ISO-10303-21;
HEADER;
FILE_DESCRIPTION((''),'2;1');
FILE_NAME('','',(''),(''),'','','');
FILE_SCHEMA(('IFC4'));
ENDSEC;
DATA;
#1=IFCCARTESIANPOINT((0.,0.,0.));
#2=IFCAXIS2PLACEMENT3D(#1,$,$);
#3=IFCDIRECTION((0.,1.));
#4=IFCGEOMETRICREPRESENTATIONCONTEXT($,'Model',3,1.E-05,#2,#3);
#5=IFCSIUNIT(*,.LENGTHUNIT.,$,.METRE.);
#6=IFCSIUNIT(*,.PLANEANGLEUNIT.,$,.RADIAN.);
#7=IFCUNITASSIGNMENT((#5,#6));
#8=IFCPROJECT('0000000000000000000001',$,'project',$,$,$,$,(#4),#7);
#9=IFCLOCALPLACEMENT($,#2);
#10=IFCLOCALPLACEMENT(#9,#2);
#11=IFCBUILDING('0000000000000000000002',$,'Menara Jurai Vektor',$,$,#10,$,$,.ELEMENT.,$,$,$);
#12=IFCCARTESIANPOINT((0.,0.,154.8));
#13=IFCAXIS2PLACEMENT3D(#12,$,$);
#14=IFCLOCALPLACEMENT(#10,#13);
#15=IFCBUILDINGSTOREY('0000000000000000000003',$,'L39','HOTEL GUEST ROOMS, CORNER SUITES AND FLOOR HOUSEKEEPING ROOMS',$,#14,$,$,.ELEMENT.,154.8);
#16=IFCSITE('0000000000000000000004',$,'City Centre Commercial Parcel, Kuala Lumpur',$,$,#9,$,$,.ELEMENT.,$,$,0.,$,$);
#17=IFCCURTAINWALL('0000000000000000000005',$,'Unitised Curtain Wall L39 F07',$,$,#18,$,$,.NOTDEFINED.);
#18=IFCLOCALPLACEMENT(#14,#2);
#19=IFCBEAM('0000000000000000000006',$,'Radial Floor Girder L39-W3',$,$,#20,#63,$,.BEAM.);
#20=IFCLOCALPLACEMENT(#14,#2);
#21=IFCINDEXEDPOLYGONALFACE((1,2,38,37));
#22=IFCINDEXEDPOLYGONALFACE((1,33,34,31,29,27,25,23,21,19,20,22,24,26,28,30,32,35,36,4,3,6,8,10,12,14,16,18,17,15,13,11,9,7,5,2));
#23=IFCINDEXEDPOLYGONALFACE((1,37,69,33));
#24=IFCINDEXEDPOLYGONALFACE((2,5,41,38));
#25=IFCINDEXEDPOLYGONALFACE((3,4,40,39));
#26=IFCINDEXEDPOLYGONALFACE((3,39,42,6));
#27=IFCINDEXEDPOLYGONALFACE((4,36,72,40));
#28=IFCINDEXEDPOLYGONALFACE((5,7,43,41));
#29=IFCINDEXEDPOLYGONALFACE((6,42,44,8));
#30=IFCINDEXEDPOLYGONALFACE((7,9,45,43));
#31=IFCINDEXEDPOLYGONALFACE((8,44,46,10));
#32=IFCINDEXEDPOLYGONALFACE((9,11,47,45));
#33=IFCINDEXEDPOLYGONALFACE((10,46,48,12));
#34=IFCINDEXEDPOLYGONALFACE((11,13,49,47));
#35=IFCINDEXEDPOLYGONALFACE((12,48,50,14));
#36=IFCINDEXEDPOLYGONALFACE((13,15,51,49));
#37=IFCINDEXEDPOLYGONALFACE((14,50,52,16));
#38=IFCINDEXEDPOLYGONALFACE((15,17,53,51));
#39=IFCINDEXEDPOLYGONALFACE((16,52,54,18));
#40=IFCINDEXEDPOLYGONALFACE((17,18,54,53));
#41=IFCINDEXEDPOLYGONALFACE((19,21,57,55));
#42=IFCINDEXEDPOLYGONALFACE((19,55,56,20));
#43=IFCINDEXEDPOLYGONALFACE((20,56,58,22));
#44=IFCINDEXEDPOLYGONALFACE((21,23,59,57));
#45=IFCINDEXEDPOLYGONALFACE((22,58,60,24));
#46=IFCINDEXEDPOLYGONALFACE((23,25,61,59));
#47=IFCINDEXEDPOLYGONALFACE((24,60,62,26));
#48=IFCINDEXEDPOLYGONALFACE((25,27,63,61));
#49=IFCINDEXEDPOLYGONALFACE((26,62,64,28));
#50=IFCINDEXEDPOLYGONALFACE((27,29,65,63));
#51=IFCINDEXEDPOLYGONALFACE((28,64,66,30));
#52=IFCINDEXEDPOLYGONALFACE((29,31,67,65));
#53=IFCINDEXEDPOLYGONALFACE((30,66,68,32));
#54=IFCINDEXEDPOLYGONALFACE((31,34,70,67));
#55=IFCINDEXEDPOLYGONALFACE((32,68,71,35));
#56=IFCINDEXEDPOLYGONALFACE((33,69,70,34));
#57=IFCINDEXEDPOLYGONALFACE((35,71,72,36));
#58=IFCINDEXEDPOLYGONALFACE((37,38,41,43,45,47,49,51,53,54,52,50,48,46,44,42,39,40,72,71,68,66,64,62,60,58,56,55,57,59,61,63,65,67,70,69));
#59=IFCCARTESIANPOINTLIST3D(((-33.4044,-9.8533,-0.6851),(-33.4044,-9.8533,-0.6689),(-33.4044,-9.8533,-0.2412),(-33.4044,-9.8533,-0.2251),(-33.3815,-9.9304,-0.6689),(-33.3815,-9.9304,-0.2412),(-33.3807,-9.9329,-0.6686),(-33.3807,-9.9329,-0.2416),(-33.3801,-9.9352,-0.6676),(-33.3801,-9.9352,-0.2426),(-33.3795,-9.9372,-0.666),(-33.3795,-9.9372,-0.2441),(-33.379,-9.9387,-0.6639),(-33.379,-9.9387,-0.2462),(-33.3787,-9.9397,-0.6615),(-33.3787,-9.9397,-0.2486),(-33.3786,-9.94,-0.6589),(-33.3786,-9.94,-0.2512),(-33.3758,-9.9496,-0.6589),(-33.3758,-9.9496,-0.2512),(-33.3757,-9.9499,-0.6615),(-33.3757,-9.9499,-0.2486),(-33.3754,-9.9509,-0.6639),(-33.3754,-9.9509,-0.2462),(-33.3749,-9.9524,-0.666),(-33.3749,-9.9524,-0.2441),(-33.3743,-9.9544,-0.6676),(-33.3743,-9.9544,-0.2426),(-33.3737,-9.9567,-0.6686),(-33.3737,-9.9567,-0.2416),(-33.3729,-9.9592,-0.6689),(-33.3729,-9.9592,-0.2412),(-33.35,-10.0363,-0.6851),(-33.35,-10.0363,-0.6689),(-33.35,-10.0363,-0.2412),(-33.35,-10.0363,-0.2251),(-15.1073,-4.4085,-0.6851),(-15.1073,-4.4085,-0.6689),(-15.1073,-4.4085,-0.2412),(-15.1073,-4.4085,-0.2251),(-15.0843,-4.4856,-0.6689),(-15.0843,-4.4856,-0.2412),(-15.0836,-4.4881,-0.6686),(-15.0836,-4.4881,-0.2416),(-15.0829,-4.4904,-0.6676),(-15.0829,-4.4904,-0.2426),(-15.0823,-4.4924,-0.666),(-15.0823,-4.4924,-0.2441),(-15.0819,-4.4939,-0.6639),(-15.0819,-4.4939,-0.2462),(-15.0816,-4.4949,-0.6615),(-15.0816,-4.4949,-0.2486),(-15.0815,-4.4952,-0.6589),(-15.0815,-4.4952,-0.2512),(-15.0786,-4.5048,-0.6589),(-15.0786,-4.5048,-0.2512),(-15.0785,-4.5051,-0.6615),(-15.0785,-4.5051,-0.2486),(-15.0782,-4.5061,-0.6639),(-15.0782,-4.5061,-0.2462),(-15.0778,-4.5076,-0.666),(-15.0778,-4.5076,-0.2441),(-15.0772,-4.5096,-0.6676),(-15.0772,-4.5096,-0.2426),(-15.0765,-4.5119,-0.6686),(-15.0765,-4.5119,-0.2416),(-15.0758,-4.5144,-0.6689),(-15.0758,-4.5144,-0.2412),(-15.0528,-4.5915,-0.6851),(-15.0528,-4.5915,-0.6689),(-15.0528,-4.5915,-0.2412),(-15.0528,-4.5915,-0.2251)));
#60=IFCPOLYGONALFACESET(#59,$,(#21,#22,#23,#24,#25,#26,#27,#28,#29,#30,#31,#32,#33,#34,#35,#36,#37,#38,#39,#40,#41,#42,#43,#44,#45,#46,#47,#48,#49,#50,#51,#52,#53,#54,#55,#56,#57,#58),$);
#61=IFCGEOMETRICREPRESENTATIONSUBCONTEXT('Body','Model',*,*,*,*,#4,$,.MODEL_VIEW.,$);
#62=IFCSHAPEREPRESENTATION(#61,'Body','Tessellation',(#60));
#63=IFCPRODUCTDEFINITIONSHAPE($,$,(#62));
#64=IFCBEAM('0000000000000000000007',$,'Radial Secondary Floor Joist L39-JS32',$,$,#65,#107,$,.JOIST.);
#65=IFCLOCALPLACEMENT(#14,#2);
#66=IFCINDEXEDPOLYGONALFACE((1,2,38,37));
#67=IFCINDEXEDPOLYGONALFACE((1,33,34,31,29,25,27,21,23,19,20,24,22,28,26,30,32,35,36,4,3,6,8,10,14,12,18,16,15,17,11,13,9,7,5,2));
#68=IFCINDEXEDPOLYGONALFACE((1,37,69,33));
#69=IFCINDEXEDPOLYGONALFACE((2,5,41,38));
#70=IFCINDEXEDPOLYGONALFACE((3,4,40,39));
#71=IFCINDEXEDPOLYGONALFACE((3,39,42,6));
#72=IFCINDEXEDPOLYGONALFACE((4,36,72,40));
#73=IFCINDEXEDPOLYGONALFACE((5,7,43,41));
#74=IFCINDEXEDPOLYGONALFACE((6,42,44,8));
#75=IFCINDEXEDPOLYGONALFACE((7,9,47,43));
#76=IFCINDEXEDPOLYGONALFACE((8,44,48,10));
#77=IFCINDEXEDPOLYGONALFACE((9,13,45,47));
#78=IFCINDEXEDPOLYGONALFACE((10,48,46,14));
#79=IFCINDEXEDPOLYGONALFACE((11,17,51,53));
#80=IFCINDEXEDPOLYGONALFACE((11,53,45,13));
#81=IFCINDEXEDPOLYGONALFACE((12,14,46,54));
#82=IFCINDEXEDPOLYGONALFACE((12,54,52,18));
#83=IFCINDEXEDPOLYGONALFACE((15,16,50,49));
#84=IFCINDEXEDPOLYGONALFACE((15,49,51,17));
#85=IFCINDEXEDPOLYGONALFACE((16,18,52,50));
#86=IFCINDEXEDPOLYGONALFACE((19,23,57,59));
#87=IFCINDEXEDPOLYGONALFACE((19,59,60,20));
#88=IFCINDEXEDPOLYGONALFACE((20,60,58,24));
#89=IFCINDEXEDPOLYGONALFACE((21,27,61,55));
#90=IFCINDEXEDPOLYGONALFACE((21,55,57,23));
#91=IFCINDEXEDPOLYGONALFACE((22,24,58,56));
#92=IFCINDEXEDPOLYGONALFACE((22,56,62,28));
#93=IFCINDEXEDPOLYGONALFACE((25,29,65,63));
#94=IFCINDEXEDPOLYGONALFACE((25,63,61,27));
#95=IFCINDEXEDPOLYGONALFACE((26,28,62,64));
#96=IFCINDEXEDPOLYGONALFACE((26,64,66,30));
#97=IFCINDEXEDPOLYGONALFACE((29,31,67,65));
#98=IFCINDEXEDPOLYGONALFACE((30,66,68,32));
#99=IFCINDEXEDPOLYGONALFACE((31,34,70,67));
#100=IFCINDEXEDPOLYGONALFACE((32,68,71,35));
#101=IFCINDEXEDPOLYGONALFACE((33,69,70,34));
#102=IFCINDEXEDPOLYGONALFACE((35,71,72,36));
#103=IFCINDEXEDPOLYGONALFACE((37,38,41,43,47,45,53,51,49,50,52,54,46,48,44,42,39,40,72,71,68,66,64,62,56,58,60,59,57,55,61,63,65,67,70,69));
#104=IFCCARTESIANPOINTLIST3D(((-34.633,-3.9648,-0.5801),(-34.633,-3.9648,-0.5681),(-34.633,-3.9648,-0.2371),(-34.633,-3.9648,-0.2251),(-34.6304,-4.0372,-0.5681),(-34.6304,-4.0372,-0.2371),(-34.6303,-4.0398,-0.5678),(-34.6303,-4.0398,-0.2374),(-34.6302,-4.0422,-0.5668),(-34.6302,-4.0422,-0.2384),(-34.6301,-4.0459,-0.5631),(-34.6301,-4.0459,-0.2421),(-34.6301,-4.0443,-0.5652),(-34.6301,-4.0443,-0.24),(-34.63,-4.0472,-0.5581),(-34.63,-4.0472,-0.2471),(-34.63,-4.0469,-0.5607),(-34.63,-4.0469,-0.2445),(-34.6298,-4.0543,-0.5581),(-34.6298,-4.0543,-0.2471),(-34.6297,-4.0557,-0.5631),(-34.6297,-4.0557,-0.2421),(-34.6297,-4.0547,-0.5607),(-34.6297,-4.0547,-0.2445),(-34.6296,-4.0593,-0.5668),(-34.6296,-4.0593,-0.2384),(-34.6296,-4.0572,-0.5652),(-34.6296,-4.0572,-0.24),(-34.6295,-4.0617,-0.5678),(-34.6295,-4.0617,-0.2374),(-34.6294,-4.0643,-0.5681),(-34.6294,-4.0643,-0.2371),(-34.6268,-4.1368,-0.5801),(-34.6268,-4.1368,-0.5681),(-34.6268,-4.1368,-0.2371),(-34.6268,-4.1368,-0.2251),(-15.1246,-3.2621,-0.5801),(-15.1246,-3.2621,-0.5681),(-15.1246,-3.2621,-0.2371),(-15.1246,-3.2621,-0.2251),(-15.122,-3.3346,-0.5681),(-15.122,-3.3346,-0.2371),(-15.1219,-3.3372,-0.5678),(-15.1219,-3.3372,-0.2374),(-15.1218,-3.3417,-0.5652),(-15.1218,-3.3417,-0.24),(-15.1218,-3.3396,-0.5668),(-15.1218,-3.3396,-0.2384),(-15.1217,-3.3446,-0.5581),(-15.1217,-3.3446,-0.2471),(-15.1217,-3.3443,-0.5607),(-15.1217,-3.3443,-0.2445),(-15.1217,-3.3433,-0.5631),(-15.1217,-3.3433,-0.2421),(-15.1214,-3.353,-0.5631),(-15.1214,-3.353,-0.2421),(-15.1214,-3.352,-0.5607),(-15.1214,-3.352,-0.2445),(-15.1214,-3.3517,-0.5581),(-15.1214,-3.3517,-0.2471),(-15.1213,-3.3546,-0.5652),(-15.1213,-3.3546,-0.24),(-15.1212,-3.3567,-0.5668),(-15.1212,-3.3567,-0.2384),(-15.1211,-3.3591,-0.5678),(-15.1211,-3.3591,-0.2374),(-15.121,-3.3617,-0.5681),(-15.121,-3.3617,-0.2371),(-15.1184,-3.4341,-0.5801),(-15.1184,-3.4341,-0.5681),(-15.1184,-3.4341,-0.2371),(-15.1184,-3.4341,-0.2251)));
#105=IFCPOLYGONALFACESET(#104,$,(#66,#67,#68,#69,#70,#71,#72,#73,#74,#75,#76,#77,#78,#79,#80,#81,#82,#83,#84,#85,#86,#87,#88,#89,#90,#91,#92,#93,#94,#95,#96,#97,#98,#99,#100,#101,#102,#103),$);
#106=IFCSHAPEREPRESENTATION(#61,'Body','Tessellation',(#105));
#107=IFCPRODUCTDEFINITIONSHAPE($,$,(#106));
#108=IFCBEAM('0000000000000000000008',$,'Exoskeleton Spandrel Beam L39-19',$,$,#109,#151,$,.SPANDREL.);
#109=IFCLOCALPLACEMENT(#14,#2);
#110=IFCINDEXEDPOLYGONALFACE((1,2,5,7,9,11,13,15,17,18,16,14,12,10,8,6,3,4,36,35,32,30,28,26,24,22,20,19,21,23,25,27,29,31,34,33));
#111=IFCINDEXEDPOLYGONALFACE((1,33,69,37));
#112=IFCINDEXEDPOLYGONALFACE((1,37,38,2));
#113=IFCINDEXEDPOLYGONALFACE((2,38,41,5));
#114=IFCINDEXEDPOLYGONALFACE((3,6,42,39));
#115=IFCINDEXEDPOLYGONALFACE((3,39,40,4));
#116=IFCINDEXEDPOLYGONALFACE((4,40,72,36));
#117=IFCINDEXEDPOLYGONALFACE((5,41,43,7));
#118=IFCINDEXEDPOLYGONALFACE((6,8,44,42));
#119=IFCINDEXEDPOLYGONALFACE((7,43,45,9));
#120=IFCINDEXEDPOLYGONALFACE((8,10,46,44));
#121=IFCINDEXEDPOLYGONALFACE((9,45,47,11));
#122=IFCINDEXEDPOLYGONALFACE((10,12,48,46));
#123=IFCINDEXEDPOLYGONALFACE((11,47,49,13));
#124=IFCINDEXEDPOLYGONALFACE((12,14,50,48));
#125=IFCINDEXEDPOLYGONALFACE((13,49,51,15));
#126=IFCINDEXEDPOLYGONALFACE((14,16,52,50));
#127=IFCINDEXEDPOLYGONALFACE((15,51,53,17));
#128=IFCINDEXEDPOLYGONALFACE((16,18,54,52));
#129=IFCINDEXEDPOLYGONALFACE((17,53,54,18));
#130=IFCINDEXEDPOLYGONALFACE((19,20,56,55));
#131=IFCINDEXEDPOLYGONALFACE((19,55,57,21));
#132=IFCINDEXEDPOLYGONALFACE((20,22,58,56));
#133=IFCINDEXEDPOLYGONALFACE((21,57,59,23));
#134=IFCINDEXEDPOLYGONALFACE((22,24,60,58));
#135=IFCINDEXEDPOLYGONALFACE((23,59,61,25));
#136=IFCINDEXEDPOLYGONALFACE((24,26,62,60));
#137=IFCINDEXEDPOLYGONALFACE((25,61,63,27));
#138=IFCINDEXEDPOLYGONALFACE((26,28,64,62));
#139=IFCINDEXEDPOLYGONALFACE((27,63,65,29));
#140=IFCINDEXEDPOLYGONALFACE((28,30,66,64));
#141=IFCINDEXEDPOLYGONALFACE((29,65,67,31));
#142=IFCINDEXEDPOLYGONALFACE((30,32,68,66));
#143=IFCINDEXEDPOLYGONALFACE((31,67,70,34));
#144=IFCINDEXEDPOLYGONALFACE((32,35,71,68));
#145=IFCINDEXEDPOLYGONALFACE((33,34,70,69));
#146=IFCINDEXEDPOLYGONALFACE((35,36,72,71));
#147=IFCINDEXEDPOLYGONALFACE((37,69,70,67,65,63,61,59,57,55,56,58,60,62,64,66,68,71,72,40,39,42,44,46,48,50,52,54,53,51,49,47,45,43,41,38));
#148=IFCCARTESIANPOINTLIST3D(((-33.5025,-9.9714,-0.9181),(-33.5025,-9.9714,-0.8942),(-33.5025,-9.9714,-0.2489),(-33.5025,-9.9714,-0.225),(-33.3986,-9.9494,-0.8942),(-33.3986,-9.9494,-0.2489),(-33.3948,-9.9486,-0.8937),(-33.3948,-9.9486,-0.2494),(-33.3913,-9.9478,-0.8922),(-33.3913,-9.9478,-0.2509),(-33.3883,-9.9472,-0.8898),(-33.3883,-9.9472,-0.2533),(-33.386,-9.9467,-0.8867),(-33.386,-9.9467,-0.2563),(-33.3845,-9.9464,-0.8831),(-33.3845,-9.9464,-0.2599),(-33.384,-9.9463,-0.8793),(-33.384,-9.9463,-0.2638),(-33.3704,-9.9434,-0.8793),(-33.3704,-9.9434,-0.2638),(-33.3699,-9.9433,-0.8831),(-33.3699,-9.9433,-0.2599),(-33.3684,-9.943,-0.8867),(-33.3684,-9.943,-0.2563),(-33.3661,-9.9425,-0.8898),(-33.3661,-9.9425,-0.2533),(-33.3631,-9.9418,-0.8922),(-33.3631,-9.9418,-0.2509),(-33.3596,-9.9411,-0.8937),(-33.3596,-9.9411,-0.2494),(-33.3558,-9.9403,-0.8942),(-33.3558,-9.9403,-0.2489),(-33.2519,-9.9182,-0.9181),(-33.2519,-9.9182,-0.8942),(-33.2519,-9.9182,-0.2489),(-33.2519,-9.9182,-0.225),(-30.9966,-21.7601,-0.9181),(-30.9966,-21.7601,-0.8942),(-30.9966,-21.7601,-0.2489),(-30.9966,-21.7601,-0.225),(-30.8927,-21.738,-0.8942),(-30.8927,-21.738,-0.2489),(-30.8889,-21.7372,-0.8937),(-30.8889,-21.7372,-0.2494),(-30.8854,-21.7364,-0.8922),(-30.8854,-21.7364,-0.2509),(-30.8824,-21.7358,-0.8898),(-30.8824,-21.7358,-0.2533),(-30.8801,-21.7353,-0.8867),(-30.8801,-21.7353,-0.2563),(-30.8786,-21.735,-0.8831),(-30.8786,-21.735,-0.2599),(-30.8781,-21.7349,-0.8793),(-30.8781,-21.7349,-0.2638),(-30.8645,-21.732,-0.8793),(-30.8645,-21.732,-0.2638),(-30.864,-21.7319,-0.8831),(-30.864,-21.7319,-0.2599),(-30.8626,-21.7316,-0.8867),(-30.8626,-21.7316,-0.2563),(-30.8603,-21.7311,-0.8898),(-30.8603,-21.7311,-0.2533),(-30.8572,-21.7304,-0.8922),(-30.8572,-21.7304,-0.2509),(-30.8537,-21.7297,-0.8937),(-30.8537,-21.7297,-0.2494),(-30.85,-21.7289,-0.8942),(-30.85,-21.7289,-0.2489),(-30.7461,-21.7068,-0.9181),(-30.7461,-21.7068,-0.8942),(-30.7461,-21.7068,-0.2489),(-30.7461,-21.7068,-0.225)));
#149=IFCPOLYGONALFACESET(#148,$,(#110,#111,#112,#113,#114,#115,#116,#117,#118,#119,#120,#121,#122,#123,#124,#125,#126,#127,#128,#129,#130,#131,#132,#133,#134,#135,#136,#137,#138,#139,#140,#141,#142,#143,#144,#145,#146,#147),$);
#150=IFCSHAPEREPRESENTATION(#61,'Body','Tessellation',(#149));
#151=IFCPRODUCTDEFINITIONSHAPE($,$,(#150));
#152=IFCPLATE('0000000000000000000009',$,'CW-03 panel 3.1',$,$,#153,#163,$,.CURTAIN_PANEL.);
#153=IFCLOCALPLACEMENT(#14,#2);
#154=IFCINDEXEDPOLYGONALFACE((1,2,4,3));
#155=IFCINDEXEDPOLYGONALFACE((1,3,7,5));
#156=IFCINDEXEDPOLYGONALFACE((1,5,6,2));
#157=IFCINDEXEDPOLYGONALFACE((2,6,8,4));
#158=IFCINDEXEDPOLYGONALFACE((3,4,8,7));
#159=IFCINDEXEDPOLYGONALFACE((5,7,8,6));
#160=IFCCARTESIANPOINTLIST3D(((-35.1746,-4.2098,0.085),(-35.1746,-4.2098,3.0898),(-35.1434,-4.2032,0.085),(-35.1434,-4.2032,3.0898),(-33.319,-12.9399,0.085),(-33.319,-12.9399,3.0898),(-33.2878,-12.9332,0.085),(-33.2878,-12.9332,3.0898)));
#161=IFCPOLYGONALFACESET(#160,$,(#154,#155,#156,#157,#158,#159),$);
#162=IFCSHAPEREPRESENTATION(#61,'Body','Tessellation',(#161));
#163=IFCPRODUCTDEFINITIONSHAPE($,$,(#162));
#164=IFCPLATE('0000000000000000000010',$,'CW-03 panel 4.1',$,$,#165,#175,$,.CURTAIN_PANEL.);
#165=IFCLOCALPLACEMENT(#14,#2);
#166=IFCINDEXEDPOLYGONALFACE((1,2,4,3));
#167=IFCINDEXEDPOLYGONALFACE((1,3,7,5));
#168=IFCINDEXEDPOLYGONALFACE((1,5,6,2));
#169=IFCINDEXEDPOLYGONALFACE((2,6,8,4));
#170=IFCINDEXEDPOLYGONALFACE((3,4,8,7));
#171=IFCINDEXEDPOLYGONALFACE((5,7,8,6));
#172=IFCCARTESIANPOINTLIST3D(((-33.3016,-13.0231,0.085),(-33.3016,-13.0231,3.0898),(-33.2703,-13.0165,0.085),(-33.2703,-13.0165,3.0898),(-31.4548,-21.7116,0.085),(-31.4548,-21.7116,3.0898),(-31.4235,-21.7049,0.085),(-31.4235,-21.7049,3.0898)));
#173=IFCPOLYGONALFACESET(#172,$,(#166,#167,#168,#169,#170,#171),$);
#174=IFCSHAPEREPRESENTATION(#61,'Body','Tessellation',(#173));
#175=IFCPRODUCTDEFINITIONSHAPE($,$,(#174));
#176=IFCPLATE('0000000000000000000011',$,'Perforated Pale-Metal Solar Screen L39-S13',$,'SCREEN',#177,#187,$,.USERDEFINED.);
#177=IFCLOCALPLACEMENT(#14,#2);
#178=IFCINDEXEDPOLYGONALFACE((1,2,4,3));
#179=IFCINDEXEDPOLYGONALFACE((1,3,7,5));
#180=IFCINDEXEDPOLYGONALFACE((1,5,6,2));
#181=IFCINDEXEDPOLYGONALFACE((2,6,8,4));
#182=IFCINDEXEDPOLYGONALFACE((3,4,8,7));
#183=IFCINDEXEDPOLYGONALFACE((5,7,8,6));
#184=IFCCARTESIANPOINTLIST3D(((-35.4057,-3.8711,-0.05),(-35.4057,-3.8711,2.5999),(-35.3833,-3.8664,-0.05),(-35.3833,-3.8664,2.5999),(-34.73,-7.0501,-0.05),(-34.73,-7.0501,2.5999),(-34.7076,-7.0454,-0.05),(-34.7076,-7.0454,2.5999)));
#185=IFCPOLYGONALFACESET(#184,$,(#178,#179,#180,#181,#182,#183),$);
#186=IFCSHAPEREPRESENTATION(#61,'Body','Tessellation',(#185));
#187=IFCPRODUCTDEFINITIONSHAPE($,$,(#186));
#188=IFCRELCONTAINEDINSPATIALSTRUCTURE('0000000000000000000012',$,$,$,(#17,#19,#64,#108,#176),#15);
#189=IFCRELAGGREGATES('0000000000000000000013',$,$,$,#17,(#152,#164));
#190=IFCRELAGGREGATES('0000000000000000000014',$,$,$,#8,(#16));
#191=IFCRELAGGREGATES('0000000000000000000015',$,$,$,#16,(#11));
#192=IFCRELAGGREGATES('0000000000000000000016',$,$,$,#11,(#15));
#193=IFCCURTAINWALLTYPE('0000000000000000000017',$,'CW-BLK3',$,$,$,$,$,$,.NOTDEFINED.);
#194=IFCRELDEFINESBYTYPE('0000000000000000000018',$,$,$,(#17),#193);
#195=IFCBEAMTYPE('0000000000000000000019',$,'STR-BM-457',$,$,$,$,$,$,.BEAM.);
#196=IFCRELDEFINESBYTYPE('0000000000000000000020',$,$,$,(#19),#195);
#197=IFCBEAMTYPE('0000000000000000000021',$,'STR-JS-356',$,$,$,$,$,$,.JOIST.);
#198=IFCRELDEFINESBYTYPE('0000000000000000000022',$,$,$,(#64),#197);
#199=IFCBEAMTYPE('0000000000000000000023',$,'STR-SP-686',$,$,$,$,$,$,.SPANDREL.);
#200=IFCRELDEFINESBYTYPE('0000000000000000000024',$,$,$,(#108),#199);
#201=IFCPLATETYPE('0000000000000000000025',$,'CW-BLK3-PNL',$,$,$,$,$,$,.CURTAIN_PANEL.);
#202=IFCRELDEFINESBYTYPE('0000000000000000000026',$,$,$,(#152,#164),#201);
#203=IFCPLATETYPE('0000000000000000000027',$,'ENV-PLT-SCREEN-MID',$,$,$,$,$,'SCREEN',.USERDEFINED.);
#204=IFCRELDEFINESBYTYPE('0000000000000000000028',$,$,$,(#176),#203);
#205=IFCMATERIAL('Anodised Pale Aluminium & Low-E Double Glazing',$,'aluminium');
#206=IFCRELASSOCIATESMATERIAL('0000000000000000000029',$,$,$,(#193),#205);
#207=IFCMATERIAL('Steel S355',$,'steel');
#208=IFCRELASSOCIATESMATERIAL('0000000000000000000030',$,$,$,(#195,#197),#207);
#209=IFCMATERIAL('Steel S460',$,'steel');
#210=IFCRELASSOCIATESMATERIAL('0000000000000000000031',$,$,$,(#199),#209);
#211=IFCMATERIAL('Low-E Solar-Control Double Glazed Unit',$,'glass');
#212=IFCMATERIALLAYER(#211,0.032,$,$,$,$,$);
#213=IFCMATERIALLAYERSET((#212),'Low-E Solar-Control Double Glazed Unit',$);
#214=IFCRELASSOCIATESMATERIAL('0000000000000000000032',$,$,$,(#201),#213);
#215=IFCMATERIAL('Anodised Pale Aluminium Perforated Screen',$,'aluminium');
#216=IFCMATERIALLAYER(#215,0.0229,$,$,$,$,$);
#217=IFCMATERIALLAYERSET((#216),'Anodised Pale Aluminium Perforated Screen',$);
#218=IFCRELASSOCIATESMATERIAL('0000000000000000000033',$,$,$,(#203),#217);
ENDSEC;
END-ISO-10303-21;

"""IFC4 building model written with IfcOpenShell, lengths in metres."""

from ifc_helpers import new_model, si_unit, direction, frame, origin, origin_2d, place, context, subcontext, project, spatial, rectangle, i_section, extrude, material, layer, layer_set, material_profile, profile_set, type_object, element, aggregate, save


model = new_model("IFC4")

# Units and contexts
model_context = context("Model", 3, precision=1e-05, world=origin(), true_north=direction((0.0, 1.0)))
body_context = subcontext(model_context, "Body", "Model", "MODEL_VIEW")
ifc_project = project(units=[si_unit("LENGTHUNIT", "METRE"), si_unit("PLANEANGLEUNIT", "RADIAN")], contexts=[model_context])

# Site, building, storey
site_placement = place(None, origin())
site = spatial("IfcSite", under=ifc_project, at=site_placement, Name="City Centre Commercial Parcel, Kuala Lumpur", CompositionType="ELEMENT", RefElevation=0.0)
building_placement = place(site_placement, origin())
building = spatial("IfcBuilding", under=site, at=building_placement, Name="Menara Jurai Vektor", CompositionType="ELEMENT")
storey_placement = place(building_placement, frame((0.0, 0.0, 154.8)))
storey = spatial("IfcBuildingStorey", under=building, at=storey_placement, Name="L39", Description="HOTEL GUEST ROOMS, CORNER SUITES AND FLOOR HOUSEKEEPING ROOMS", CompositionType="ELEMENT", Elevation=154.8)

# Shared definitions
ifc_material_1 = material(Name="Steel S460", Category="steel")

# Curtain wall
ifc_material_2 = material(Name="Anodised Pale Aluminium & Low-E Double Glazing", Category="aluminium")
curtain_wall_type = type_object("IfcCurtainWallType", Name="CW-BLK3", PredefinedType="NOTDEFINED", material=ifc_material_2)
curtain_wall_placement = place(storey_placement, origin())
curtain_wall = element("IfcCurtainWall", 1, at=curtain_wall_placement, inside=storey, type_object=curtain_wall_type, Name="Unitised Curtain Wall L39 F07", PredefinedType="NOTDEFINED")

# Beams
ifc_material_3 = material(Name="Steel S355", Category="steel")
ifc_material_profile_1 = material_profile(ifc_material_3, i_section(OverallWidth=0.1909, OverallDepth=0.46, WebThickness=0.01, FlangeThickness=0.0161, FilletRadius=0.01, at=origin_2d()), Name="UKB 457x191x82")
ifc_profile_set_1 = profile_set([ifc_material_profile_1], Name="Steel S355")
beam_type_1 = type_object("IfcBeamType", Name="STR-BM-457", PredefinedType="BEAM", material=ifc_profile_set_1)
beam_1_placement = place(storey_placement, frame((-33.3772, -9.9448, -0.4551), z_axis=(0.958463, 0.285218, 0.0), x_axis=(-0.285218, 0.958463, 0.0)))
element("IfcBeam", 2, at=beam_1_placement, inside=storey, type_object=beam_type_1, Name="Radial Floor Girder L39-W3", PredefinedType="BEAM", context=body_context, shape_type="SweptSolid", body=[
    extrude(i_section(OverallWidth=0.1909, OverallDepth=0.46, WebThickness=0.01, FlangeThickness=0.0161, FilletRadius=0.01, at=origin_2d()), origin(), (0.0, 0.0, 1.0), 19.0901),
])
ifc_material_profile_2 = material_profile(ifc_material_3, i_section(OverallWidth=0.1721, OverallDepth=0.355, WebThickness=0.0071, FlangeThickness=0.012, FilletRadius=0.01, at=origin_2d()), Name="UKB 356x171x51")
ifc_profile_set_2 = profile_set([ifc_material_profile_2], Name="Steel S355")
beam_type_2 = type_object("IfcBeamType", Name="STR-JS-356", PredefinedType="JOIST", material=ifc_profile_set_2)
beam_2_placement = place(storey_placement, frame((-34.6299, -4.0508, -0.4026), z_axis=(0.999352, 0.035994, 0.0), x_axis=(-0.035994, 0.999352, 0.0)))
element("IfcBeam", 3, at=beam_2_placement, inside=storey, type_object=beam_type_2, Name="Radial Secondary Floor Joist L39-JS32", PredefinedType="JOIST", context=body_context, shape_type="SweptSolid", body=[
    extrude(i_section(OverallWidth=0.1721, OverallDepth=0.355, WebThickness=0.0071, FlangeThickness=0.012, FilletRadius=0.01, at=origin_2d()), origin(), (0.0, 0.0, 1.0), 19.521),
])
ifc_material_profile_3 = material_profile(ifc_material_1, i_section(OverallWidth=0.2561, OverallDepth=0.6931, WebThickness=0.0139, FlangeThickness=0.0239, FilletRadius=0.0149, at=origin_2d()), Name="UKB 686x254x170")
ifc_profile_set_3 = profile_set([ifc_material_profile_3], Name="Steel S460")
beam_type_3 = type_object("IfcBeamType", Name="STR-SP-686", PredefinedType="SPANDREL", material=ifc_profile_set_3)
beam_3_placement = place(storey_placement, frame((-33.3772, -9.9448, -0.5715), z_axis=(0.207921, -0.978146, 0.0), x_axis=(0.978146, 0.207921, 0.0)))
element("IfcBeam", 4, at=beam_3_placement, inside=storey, type_object=beam_type_3, Name="Exoskeleton Spandrel Beam L39-19", PredefinedType="SPANDREL", context=body_context, shape_type="SweptSolid", body=[
    extrude(i_section(OverallWidth=0.2561, OverallDepth=0.6931, WebThickness=0.0139, FlangeThickness=0.0239, FilletRadius=0.0149, at=origin_2d()), origin(), (0.0, 0.0, 1.0), 12.052),
])

# Plates
ifc_material_4 = material(Name="Low-E Solar-Control Double Glazed Unit", Category="glass")
ifc_layer_1 = layer(ifc_material_4, 0.032)
ifc_layer_set_1 = layer_set([ifc_layer_1], Name="Low-E Solar-Control Double Glazed Unit")
plate_type_1 = type_object("IfcPlateType", Name="CW-BLK3-PNL", PredefinedType="CURTAIN_PANEL", material=ifc_layer_set_1)
plate_1_placement = place(storey_placement, frame((-34.2312, -8.5715, 0.085), z_axis=(0.0, 0.0, 1.0), x_axis=(0.20791, -0.978148, 0.0)))
plate_1 = element("IfcPlate", 5, at=plate_1_placement, type_object=plate_type_1, Name="CW-03 panel 3.1", PredefinedType="CURTAIN_PANEL", context=body_context, shape_type="SweptSolid", body=[
    extrude(rectangle(XDim=8.925, YDim=0.032, at=origin_2d()), origin(), (0.0, 0.0, 1.0), 3.0049),
])
plate_2_placement = place(storey_placement, frame((-32.3625, -17.364, 0.085), z_axis=(0.0, 0.0, 1.0), x_axis=(0.20791, -0.978148, 0.0)))
plate_2 = element("IfcPlate", 6, at=plate_2_placement, type_object=plate_type_1, Name="CW-03 panel 4.1", PredefinedType="CURTAIN_PANEL", context=body_context, shape_type="SweptSolid", body=[
    extrude(rectangle(XDim=8.8826, YDim=0.032, at=origin_2d()), origin(), (0.0, 0.0, 1.0), 3.0049),
])
aggregate(curtain_wall, [plate_1, plate_2])

# Plate
ifc_material_5 = material(Name="Anodised Pale Aluminium Perforated Screen", Category="aluminium")
ifc_layer_2 = layer(ifc_material_5, 0.0229)
ifc_layer_set_2 = layer_set([ifc_layer_2], Name="Anodised Pale Aluminium Perforated Screen")
plate_type_2 = type_object("IfcPlateType", Name="ENV-PLT-SCREEN-MID", ElementType="SCREEN", PredefinedType="USERDEFINED", material=ifc_layer_set_2)
for number, where, z_axis, x_axis, name in (
    (7, (-35.0566, -5.4583, -0.05), (0.0, 0.0, 1.0), (0.207912, -0.978148, 0.0), "Perforated Pale-Metal Solar Screen L39-S13"),
):
    element("IfcPlate", number, at=place(storey_placement, frame(where, z_axis=z_axis, x_axis=x_axis)), inside=storey, type_object=plate_type_2, Name=name, ObjectType="SCREEN", PredefinedType="USERDEFINED", context=body_context, shape_type="SweptSolid", body=[
        extrude(rectangle(XDim=3.25, YDim=0.0229, at=origin_2d()), origin(), (0.0, 0.0, 1.0), 2.6499),
    ])

save(model, "model.ifc")
